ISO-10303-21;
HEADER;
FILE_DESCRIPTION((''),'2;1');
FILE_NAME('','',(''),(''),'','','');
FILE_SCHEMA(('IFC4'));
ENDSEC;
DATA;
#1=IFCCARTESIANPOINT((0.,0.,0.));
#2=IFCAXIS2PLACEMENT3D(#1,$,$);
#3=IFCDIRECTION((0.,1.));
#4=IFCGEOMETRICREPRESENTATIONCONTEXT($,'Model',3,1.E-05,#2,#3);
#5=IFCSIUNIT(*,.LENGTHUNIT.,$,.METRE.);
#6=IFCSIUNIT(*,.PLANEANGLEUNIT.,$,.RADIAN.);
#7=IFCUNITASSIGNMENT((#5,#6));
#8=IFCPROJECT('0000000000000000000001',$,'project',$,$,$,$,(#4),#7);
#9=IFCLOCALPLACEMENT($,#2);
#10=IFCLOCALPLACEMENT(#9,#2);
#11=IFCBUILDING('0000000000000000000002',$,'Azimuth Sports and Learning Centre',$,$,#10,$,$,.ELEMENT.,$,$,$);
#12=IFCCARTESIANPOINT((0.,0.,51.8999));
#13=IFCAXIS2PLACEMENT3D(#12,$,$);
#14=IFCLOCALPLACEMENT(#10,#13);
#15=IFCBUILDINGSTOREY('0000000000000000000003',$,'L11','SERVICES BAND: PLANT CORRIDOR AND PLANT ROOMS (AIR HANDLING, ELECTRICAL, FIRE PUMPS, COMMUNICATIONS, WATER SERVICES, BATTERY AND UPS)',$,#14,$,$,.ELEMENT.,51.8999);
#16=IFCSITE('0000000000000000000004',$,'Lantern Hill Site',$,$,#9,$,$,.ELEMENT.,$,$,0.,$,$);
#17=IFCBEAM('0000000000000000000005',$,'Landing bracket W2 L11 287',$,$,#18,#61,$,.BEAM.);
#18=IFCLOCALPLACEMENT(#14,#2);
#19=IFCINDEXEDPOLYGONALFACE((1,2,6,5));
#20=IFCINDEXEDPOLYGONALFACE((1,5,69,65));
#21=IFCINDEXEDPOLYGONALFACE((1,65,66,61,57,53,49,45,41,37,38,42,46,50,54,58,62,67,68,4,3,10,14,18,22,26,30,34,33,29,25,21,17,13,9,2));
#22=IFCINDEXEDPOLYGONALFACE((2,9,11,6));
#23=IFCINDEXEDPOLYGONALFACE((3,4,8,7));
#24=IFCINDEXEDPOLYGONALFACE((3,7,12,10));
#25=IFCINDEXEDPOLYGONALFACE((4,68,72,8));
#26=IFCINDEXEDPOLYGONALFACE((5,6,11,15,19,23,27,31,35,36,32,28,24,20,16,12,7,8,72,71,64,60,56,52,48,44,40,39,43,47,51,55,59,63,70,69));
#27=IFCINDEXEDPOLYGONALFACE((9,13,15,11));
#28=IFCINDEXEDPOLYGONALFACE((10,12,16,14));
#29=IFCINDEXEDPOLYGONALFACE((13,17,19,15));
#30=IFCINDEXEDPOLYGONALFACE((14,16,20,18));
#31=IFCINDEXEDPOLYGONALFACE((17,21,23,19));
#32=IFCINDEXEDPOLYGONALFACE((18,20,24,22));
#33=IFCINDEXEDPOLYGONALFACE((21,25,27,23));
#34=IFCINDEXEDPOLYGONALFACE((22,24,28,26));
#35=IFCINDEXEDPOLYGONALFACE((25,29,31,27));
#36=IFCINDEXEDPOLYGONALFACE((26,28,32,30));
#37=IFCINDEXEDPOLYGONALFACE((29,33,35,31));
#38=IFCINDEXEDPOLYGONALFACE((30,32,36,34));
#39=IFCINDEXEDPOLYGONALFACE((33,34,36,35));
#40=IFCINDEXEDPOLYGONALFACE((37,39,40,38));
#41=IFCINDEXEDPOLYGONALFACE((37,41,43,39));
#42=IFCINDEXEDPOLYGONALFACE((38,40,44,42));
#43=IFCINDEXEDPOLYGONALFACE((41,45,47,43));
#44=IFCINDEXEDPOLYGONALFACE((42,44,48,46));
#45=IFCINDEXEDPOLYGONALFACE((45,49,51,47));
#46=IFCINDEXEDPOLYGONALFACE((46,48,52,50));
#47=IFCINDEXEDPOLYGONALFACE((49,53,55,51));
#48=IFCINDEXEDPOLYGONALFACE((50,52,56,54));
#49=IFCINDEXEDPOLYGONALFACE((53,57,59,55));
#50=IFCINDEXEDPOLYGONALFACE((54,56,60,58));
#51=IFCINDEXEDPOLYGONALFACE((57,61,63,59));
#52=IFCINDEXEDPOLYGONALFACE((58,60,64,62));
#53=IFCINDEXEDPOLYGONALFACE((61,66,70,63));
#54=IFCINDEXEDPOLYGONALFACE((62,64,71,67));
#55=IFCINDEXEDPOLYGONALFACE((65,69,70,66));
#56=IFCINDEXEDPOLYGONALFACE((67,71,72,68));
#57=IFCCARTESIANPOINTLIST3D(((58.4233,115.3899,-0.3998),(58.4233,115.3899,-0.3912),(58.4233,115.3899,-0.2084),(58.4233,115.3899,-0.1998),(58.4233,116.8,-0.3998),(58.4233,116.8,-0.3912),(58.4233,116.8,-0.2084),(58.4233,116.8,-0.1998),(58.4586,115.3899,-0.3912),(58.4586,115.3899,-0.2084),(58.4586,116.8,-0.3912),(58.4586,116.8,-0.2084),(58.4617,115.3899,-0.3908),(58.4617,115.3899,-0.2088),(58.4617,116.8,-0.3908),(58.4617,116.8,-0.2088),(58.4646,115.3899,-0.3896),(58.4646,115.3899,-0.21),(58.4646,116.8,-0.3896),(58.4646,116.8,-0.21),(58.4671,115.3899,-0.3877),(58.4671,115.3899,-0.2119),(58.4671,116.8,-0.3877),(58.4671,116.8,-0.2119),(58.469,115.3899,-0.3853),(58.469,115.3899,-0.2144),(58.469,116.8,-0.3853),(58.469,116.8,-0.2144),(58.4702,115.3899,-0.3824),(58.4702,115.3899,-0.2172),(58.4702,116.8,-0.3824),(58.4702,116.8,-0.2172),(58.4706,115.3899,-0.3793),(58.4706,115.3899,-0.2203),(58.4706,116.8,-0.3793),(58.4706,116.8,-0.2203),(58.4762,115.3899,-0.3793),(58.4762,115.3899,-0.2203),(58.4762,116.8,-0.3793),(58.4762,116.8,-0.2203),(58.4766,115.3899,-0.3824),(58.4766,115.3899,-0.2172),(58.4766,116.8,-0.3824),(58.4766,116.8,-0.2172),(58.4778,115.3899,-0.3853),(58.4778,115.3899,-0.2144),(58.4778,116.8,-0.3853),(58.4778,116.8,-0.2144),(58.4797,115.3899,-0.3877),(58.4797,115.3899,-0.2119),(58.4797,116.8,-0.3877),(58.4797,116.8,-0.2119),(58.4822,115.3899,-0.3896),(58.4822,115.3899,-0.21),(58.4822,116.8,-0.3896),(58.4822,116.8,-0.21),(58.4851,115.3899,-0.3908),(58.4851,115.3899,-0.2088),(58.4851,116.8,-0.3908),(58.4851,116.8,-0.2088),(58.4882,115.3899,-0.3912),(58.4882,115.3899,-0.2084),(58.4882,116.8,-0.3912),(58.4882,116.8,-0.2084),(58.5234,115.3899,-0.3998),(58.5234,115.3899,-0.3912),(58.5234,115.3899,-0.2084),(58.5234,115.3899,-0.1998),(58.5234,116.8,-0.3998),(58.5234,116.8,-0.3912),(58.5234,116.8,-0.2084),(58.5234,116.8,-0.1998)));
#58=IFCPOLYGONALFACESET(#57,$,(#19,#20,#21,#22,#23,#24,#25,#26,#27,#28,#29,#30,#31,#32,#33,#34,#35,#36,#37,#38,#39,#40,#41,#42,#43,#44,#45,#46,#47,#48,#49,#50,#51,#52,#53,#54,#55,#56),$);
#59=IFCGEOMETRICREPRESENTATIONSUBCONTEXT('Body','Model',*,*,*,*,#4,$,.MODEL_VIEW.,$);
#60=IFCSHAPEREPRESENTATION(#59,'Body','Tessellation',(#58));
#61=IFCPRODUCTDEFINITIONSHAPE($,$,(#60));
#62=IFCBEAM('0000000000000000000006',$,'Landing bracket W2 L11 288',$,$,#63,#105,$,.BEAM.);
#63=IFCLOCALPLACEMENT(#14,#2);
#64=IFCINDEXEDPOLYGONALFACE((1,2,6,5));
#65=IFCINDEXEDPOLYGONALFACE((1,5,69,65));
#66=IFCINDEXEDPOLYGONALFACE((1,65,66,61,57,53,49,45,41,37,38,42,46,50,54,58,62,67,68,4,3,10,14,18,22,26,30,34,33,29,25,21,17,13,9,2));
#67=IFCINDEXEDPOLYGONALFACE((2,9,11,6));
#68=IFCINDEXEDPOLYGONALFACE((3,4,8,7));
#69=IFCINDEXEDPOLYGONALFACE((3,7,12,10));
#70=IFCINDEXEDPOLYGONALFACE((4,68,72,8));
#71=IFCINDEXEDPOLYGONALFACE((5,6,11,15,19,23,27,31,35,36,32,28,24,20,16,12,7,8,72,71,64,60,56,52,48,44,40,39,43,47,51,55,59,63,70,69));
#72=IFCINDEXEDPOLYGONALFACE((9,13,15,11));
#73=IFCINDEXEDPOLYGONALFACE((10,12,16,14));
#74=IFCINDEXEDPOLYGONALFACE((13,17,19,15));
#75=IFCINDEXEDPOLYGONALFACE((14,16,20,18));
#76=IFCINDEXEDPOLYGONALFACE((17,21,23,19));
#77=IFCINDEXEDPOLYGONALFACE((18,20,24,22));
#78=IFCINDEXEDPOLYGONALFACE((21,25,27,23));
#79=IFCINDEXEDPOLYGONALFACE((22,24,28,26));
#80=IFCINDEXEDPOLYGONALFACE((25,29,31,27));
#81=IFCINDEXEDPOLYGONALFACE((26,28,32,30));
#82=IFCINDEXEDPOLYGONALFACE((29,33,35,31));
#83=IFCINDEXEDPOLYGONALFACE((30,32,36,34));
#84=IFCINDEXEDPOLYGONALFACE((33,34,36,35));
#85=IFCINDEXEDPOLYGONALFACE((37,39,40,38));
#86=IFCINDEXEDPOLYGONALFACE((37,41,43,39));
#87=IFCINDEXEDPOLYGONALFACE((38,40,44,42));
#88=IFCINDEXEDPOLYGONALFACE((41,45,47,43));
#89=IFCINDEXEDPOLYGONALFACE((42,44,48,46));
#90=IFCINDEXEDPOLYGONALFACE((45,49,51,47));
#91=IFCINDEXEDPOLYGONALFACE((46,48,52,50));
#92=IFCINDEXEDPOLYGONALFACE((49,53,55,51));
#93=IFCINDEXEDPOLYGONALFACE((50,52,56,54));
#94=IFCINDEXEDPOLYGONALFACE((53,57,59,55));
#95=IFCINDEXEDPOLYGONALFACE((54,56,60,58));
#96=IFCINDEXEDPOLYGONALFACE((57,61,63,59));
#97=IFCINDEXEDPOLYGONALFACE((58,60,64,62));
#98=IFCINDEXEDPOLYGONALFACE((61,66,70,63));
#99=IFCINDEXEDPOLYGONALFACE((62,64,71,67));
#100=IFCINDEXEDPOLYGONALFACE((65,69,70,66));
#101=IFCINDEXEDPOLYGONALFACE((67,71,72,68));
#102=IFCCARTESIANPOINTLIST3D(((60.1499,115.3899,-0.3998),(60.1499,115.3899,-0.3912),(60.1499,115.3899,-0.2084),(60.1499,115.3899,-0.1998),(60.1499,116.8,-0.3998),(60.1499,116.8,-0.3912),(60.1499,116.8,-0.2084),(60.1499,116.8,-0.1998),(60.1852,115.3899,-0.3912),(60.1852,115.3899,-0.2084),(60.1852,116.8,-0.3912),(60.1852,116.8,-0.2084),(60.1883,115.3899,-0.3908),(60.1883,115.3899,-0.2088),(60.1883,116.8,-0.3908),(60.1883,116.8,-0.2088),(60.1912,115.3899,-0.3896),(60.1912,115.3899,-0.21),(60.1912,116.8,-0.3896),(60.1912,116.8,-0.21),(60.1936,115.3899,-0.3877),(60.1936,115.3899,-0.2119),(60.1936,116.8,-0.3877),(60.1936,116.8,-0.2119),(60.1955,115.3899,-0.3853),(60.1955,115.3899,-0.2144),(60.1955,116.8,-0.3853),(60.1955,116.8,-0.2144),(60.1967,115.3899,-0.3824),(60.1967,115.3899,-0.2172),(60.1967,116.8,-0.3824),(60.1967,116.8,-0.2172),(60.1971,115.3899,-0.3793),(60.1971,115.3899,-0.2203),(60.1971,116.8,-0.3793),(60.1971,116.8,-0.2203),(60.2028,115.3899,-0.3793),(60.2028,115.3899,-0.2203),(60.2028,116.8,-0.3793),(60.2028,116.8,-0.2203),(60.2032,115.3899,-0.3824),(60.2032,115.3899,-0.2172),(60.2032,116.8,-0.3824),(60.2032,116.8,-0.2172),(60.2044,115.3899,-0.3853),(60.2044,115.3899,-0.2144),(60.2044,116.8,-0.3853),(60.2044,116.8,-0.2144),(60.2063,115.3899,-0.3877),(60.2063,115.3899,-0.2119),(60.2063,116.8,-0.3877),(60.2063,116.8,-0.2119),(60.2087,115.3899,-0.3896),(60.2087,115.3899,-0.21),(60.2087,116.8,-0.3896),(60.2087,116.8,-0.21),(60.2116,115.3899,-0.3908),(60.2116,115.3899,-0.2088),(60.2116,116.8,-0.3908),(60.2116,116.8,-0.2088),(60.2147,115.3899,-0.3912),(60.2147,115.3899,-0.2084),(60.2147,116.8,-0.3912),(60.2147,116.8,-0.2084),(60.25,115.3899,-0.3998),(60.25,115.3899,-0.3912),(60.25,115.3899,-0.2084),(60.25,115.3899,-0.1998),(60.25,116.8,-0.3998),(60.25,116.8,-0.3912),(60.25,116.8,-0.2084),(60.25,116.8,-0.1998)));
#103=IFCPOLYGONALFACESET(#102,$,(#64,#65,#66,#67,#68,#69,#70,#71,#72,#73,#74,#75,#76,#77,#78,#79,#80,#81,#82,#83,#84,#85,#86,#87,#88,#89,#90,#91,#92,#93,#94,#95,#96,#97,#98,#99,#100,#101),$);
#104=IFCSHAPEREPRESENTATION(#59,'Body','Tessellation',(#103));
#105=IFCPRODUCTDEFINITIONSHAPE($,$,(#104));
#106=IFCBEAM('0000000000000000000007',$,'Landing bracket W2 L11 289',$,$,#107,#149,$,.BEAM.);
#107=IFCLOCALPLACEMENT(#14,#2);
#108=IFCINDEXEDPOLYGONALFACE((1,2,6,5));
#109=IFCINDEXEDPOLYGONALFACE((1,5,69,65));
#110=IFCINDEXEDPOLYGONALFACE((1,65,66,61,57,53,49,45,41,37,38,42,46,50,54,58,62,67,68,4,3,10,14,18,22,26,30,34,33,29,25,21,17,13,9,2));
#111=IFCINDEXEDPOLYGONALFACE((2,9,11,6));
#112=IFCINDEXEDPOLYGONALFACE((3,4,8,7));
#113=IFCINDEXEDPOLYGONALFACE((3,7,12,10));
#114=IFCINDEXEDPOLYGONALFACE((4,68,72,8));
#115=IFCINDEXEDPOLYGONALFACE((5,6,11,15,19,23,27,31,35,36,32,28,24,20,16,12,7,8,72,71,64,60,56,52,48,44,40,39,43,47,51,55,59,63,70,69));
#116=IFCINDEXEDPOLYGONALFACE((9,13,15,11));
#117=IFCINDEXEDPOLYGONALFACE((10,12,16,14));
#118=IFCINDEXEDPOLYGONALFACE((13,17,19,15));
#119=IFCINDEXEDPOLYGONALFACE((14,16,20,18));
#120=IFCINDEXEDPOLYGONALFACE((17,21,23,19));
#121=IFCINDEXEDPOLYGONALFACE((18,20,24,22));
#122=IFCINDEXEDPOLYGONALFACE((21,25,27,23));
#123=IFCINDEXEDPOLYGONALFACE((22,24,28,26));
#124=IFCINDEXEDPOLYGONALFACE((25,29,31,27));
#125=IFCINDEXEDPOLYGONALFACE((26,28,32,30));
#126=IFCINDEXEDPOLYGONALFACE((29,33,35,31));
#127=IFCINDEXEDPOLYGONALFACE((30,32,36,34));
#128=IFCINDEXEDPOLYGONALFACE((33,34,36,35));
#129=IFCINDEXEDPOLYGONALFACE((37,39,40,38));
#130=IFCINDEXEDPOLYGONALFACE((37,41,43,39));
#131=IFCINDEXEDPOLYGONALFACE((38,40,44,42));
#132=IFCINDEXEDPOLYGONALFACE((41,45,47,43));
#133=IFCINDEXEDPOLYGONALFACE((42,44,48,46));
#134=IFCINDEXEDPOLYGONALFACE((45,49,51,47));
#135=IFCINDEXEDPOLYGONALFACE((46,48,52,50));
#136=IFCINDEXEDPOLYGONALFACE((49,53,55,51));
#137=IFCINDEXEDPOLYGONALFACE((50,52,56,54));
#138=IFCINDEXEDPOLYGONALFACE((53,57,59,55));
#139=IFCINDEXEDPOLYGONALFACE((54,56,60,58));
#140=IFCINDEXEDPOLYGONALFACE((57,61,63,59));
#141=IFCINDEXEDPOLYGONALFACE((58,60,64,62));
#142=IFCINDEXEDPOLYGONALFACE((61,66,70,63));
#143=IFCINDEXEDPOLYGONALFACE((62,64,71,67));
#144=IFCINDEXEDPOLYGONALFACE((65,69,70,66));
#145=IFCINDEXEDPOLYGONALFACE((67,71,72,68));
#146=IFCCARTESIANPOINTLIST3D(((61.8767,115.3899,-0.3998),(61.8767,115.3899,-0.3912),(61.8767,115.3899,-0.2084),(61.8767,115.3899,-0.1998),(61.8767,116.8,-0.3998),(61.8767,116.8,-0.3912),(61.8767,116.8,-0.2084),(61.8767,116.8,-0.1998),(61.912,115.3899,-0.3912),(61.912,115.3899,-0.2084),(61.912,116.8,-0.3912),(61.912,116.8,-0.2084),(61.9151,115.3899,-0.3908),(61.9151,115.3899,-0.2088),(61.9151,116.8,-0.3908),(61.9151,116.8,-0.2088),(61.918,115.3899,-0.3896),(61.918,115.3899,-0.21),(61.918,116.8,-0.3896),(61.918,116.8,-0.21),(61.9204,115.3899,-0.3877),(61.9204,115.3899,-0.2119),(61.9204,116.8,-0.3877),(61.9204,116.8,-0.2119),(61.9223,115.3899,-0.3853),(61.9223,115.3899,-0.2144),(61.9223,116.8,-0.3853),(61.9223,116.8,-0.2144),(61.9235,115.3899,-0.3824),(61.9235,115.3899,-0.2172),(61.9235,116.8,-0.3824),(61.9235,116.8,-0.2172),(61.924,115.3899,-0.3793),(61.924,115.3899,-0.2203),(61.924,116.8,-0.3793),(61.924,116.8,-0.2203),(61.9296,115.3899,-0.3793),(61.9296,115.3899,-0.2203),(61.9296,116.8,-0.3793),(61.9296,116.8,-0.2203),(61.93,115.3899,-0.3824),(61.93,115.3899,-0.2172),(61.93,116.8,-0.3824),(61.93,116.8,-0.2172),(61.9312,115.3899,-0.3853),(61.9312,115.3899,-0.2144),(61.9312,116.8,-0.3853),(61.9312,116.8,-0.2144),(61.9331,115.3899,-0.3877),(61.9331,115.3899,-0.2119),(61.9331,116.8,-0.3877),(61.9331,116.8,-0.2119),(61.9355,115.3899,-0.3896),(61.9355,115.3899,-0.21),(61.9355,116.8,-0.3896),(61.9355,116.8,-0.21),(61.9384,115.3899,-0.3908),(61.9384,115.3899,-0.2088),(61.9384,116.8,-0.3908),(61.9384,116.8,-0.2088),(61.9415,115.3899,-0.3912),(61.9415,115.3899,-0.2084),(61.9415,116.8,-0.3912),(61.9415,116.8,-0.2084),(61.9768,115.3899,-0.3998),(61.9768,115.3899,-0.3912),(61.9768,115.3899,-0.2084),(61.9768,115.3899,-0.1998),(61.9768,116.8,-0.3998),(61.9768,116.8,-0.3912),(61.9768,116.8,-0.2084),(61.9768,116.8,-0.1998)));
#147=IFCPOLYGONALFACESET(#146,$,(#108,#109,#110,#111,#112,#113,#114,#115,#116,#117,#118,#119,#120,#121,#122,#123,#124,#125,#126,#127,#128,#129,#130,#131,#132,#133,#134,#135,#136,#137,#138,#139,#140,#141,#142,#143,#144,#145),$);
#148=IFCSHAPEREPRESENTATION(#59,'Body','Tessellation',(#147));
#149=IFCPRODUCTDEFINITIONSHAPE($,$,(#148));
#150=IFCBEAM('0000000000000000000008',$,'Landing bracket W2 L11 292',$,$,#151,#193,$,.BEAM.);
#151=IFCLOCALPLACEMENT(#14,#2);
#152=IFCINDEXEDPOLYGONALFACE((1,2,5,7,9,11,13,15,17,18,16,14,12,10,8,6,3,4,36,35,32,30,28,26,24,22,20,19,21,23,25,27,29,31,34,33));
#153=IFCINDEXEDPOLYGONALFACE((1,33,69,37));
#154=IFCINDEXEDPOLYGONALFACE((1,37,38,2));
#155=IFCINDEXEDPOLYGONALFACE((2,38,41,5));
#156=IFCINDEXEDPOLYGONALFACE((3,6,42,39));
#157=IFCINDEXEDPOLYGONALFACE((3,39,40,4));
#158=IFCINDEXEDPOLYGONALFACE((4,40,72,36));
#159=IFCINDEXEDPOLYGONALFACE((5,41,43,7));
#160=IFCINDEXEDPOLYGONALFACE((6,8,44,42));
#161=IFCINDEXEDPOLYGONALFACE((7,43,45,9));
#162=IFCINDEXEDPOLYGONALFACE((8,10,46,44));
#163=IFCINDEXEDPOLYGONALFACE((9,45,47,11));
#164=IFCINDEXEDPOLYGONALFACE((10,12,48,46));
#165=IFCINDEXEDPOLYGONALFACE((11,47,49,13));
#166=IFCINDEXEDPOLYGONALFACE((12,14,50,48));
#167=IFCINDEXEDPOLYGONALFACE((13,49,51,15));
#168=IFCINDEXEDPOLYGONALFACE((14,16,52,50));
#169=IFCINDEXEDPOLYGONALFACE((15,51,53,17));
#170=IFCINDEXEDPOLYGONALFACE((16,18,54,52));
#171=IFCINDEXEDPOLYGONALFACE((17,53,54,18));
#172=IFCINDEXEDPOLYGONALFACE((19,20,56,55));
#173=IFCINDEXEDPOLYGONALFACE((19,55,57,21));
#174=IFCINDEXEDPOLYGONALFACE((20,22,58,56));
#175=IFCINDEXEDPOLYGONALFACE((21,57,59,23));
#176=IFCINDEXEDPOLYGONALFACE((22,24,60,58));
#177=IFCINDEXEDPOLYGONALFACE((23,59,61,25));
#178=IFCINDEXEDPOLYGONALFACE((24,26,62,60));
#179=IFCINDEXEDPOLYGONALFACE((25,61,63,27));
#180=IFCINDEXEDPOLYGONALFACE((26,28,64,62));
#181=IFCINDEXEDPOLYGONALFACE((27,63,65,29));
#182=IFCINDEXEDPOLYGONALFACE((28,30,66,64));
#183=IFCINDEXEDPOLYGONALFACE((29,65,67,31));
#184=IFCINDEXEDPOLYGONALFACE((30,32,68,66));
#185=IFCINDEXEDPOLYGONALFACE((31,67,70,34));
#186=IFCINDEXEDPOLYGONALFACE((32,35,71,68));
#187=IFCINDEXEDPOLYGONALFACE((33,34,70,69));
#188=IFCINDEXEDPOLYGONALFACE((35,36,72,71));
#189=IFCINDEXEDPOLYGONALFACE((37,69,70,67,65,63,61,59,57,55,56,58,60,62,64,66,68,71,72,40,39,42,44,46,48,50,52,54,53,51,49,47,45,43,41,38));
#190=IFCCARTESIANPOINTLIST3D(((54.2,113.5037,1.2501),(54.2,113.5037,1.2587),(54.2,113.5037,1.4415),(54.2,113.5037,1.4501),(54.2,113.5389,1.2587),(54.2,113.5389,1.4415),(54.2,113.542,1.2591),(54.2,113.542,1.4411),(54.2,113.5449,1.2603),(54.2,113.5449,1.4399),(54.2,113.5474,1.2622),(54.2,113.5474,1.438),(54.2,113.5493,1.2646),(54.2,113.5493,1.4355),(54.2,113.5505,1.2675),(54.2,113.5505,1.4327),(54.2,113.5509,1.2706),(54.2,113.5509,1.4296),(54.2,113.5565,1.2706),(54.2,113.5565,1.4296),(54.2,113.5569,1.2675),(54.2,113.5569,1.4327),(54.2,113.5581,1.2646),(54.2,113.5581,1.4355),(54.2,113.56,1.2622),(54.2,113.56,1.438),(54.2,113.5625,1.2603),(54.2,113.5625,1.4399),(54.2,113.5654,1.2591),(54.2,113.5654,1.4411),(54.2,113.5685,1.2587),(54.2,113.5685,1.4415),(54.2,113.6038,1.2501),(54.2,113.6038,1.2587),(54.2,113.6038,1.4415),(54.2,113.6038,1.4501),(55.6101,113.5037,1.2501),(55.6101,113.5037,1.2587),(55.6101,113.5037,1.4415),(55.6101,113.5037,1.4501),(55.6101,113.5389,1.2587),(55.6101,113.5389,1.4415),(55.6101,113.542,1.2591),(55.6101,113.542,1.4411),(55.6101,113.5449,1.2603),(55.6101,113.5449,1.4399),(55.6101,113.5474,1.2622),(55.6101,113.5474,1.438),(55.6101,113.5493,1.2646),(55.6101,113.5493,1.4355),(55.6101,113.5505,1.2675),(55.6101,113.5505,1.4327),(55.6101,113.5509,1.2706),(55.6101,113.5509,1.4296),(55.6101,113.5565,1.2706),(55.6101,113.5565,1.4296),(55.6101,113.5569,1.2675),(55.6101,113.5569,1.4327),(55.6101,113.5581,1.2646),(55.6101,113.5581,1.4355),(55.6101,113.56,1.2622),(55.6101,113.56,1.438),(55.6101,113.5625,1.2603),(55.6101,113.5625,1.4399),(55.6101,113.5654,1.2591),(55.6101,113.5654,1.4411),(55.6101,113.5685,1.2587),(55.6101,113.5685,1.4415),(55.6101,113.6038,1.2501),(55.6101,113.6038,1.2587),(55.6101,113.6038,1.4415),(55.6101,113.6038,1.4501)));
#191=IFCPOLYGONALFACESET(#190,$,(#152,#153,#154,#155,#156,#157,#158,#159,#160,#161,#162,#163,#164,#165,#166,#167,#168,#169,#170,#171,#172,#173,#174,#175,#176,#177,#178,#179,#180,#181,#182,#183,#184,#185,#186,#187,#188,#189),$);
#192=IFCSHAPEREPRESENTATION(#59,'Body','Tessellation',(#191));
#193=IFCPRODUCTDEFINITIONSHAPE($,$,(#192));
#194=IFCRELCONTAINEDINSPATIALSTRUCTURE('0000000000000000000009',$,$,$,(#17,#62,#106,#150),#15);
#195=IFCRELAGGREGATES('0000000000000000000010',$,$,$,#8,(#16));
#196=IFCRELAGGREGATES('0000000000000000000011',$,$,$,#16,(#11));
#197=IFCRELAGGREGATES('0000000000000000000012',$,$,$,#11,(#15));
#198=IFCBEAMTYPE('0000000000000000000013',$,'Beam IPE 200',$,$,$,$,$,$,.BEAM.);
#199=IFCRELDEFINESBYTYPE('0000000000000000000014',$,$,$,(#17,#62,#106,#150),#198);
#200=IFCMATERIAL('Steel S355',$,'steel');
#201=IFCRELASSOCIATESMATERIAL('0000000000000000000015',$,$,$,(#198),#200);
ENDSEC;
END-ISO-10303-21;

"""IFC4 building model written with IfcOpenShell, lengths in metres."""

from ifc_helpers import new_model, si_unit, direction, frame, origin, origin_2d, place, context, subcontext, project, spatial, i_section, extrude, material, material_profile, profile_set, type_object, element, save


model = new_model("IFC4")

# Units and contexts
model_context = context("Model", 3, precision=1e-05, world=origin(), true_north=direction((0.0, 1.0)))
body_context = subcontext(model_context, "Body", "Model", "MODEL_VIEW")
ifc_project = project(units=[si_unit("LENGTHUNIT", "METRE"), si_unit("PLANEANGLEUNIT", "RADIAN")], contexts=[model_context])

# Site, building, storey
site_placement = place(None, origin())
site = spatial("IfcSite", under=ifc_project, at=site_placement, Name="Lantern Hill Site", CompositionType="ELEMENT", RefElevation=0.0)
building_placement = place(site_placement, origin())
building = spatial("IfcBuilding", under=site, at=building_placement, Name="Azimuth Sports and Learning Centre", CompositionType="ELEMENT")
storey_placement = place(building_placement, frame((0.0, 0.0, 51.8999)))
storey = spatial("IfcBuildingStorey", under=building, at=storey_placement, Name="L11", Description="SERVICES BAND: PLANT CORRIDOR AND PLANT ROOMS (AIR HANDLING, ELECTRICAL, FIRE PUMPS, COMMUNICATIONS, WATER SERVICES, BATTERY AND UPS)", CompositionType="ELEMENT", Elevation=51.8999)

# Beams
ifc_material_1 = material(Name="Steel S355", Category="steel")
ifc_material_profile = material_profile(ifc_material_1, i_section(OverallWidth=0.1001, OverallDepth=0.2, WebThickness=0.0056, FlangeThickness=0.0085, FilletRadius=0.012, at=origin_2d()), Name="IPE 200")
ifc_profile_set = profile_set([ifc_material_profile], Name="Steel S355")
beam_type = type_object("IfcBeamType", Name="Beam IPE 200", PredefinedType="BEAM", material=ifc_profile_set)
for number, where, z_axis, x_axis, name in (
    (1, (58.4734, 116.8, -0.2998), (0.0, -1.0, 0.0), (1.0, 0.0, 0.0), "Landing bracket W2 L11 287"),
    (2, (60.2, 116.8, -0.2998), (0.0, -1.0, 0.0), (1.0, 0.0, 0.0), "Landing bracket W2 L11 288"),
    (3, (61.9268, 116.8, -0.2998), (0.0, -1.0, 0.0), (1.0, 0.0, 0.0), "Landing bracket W2 L11 289"),
    (4, (54.2, 113.5537, 1.3501), (1.0, 0.0, 0.0), (0.0, 1.0, 0.0), "Landing bracket W2 L11 292"),
):
    element("IfcBeam", number, at=place(storey_placement, frame(where, z_axis=z_axis, x_axis=x_axis)), inside=storey, type_object=beam_type, Name=name, PredefinedType="BEAM", context=body_context, shape_type="SweptSolid", body=[
        extrude(i_section(OverallWidth=0.1001, OverallDepth=0.2, WebThickness=0.0056, FlangeThickness=0.0085, FilletRadius=0.012, at=origin_2d()), origin(), (0.0, 0.0, 1.0), 1.4102),
    ])

save(model, "model.ifc")
